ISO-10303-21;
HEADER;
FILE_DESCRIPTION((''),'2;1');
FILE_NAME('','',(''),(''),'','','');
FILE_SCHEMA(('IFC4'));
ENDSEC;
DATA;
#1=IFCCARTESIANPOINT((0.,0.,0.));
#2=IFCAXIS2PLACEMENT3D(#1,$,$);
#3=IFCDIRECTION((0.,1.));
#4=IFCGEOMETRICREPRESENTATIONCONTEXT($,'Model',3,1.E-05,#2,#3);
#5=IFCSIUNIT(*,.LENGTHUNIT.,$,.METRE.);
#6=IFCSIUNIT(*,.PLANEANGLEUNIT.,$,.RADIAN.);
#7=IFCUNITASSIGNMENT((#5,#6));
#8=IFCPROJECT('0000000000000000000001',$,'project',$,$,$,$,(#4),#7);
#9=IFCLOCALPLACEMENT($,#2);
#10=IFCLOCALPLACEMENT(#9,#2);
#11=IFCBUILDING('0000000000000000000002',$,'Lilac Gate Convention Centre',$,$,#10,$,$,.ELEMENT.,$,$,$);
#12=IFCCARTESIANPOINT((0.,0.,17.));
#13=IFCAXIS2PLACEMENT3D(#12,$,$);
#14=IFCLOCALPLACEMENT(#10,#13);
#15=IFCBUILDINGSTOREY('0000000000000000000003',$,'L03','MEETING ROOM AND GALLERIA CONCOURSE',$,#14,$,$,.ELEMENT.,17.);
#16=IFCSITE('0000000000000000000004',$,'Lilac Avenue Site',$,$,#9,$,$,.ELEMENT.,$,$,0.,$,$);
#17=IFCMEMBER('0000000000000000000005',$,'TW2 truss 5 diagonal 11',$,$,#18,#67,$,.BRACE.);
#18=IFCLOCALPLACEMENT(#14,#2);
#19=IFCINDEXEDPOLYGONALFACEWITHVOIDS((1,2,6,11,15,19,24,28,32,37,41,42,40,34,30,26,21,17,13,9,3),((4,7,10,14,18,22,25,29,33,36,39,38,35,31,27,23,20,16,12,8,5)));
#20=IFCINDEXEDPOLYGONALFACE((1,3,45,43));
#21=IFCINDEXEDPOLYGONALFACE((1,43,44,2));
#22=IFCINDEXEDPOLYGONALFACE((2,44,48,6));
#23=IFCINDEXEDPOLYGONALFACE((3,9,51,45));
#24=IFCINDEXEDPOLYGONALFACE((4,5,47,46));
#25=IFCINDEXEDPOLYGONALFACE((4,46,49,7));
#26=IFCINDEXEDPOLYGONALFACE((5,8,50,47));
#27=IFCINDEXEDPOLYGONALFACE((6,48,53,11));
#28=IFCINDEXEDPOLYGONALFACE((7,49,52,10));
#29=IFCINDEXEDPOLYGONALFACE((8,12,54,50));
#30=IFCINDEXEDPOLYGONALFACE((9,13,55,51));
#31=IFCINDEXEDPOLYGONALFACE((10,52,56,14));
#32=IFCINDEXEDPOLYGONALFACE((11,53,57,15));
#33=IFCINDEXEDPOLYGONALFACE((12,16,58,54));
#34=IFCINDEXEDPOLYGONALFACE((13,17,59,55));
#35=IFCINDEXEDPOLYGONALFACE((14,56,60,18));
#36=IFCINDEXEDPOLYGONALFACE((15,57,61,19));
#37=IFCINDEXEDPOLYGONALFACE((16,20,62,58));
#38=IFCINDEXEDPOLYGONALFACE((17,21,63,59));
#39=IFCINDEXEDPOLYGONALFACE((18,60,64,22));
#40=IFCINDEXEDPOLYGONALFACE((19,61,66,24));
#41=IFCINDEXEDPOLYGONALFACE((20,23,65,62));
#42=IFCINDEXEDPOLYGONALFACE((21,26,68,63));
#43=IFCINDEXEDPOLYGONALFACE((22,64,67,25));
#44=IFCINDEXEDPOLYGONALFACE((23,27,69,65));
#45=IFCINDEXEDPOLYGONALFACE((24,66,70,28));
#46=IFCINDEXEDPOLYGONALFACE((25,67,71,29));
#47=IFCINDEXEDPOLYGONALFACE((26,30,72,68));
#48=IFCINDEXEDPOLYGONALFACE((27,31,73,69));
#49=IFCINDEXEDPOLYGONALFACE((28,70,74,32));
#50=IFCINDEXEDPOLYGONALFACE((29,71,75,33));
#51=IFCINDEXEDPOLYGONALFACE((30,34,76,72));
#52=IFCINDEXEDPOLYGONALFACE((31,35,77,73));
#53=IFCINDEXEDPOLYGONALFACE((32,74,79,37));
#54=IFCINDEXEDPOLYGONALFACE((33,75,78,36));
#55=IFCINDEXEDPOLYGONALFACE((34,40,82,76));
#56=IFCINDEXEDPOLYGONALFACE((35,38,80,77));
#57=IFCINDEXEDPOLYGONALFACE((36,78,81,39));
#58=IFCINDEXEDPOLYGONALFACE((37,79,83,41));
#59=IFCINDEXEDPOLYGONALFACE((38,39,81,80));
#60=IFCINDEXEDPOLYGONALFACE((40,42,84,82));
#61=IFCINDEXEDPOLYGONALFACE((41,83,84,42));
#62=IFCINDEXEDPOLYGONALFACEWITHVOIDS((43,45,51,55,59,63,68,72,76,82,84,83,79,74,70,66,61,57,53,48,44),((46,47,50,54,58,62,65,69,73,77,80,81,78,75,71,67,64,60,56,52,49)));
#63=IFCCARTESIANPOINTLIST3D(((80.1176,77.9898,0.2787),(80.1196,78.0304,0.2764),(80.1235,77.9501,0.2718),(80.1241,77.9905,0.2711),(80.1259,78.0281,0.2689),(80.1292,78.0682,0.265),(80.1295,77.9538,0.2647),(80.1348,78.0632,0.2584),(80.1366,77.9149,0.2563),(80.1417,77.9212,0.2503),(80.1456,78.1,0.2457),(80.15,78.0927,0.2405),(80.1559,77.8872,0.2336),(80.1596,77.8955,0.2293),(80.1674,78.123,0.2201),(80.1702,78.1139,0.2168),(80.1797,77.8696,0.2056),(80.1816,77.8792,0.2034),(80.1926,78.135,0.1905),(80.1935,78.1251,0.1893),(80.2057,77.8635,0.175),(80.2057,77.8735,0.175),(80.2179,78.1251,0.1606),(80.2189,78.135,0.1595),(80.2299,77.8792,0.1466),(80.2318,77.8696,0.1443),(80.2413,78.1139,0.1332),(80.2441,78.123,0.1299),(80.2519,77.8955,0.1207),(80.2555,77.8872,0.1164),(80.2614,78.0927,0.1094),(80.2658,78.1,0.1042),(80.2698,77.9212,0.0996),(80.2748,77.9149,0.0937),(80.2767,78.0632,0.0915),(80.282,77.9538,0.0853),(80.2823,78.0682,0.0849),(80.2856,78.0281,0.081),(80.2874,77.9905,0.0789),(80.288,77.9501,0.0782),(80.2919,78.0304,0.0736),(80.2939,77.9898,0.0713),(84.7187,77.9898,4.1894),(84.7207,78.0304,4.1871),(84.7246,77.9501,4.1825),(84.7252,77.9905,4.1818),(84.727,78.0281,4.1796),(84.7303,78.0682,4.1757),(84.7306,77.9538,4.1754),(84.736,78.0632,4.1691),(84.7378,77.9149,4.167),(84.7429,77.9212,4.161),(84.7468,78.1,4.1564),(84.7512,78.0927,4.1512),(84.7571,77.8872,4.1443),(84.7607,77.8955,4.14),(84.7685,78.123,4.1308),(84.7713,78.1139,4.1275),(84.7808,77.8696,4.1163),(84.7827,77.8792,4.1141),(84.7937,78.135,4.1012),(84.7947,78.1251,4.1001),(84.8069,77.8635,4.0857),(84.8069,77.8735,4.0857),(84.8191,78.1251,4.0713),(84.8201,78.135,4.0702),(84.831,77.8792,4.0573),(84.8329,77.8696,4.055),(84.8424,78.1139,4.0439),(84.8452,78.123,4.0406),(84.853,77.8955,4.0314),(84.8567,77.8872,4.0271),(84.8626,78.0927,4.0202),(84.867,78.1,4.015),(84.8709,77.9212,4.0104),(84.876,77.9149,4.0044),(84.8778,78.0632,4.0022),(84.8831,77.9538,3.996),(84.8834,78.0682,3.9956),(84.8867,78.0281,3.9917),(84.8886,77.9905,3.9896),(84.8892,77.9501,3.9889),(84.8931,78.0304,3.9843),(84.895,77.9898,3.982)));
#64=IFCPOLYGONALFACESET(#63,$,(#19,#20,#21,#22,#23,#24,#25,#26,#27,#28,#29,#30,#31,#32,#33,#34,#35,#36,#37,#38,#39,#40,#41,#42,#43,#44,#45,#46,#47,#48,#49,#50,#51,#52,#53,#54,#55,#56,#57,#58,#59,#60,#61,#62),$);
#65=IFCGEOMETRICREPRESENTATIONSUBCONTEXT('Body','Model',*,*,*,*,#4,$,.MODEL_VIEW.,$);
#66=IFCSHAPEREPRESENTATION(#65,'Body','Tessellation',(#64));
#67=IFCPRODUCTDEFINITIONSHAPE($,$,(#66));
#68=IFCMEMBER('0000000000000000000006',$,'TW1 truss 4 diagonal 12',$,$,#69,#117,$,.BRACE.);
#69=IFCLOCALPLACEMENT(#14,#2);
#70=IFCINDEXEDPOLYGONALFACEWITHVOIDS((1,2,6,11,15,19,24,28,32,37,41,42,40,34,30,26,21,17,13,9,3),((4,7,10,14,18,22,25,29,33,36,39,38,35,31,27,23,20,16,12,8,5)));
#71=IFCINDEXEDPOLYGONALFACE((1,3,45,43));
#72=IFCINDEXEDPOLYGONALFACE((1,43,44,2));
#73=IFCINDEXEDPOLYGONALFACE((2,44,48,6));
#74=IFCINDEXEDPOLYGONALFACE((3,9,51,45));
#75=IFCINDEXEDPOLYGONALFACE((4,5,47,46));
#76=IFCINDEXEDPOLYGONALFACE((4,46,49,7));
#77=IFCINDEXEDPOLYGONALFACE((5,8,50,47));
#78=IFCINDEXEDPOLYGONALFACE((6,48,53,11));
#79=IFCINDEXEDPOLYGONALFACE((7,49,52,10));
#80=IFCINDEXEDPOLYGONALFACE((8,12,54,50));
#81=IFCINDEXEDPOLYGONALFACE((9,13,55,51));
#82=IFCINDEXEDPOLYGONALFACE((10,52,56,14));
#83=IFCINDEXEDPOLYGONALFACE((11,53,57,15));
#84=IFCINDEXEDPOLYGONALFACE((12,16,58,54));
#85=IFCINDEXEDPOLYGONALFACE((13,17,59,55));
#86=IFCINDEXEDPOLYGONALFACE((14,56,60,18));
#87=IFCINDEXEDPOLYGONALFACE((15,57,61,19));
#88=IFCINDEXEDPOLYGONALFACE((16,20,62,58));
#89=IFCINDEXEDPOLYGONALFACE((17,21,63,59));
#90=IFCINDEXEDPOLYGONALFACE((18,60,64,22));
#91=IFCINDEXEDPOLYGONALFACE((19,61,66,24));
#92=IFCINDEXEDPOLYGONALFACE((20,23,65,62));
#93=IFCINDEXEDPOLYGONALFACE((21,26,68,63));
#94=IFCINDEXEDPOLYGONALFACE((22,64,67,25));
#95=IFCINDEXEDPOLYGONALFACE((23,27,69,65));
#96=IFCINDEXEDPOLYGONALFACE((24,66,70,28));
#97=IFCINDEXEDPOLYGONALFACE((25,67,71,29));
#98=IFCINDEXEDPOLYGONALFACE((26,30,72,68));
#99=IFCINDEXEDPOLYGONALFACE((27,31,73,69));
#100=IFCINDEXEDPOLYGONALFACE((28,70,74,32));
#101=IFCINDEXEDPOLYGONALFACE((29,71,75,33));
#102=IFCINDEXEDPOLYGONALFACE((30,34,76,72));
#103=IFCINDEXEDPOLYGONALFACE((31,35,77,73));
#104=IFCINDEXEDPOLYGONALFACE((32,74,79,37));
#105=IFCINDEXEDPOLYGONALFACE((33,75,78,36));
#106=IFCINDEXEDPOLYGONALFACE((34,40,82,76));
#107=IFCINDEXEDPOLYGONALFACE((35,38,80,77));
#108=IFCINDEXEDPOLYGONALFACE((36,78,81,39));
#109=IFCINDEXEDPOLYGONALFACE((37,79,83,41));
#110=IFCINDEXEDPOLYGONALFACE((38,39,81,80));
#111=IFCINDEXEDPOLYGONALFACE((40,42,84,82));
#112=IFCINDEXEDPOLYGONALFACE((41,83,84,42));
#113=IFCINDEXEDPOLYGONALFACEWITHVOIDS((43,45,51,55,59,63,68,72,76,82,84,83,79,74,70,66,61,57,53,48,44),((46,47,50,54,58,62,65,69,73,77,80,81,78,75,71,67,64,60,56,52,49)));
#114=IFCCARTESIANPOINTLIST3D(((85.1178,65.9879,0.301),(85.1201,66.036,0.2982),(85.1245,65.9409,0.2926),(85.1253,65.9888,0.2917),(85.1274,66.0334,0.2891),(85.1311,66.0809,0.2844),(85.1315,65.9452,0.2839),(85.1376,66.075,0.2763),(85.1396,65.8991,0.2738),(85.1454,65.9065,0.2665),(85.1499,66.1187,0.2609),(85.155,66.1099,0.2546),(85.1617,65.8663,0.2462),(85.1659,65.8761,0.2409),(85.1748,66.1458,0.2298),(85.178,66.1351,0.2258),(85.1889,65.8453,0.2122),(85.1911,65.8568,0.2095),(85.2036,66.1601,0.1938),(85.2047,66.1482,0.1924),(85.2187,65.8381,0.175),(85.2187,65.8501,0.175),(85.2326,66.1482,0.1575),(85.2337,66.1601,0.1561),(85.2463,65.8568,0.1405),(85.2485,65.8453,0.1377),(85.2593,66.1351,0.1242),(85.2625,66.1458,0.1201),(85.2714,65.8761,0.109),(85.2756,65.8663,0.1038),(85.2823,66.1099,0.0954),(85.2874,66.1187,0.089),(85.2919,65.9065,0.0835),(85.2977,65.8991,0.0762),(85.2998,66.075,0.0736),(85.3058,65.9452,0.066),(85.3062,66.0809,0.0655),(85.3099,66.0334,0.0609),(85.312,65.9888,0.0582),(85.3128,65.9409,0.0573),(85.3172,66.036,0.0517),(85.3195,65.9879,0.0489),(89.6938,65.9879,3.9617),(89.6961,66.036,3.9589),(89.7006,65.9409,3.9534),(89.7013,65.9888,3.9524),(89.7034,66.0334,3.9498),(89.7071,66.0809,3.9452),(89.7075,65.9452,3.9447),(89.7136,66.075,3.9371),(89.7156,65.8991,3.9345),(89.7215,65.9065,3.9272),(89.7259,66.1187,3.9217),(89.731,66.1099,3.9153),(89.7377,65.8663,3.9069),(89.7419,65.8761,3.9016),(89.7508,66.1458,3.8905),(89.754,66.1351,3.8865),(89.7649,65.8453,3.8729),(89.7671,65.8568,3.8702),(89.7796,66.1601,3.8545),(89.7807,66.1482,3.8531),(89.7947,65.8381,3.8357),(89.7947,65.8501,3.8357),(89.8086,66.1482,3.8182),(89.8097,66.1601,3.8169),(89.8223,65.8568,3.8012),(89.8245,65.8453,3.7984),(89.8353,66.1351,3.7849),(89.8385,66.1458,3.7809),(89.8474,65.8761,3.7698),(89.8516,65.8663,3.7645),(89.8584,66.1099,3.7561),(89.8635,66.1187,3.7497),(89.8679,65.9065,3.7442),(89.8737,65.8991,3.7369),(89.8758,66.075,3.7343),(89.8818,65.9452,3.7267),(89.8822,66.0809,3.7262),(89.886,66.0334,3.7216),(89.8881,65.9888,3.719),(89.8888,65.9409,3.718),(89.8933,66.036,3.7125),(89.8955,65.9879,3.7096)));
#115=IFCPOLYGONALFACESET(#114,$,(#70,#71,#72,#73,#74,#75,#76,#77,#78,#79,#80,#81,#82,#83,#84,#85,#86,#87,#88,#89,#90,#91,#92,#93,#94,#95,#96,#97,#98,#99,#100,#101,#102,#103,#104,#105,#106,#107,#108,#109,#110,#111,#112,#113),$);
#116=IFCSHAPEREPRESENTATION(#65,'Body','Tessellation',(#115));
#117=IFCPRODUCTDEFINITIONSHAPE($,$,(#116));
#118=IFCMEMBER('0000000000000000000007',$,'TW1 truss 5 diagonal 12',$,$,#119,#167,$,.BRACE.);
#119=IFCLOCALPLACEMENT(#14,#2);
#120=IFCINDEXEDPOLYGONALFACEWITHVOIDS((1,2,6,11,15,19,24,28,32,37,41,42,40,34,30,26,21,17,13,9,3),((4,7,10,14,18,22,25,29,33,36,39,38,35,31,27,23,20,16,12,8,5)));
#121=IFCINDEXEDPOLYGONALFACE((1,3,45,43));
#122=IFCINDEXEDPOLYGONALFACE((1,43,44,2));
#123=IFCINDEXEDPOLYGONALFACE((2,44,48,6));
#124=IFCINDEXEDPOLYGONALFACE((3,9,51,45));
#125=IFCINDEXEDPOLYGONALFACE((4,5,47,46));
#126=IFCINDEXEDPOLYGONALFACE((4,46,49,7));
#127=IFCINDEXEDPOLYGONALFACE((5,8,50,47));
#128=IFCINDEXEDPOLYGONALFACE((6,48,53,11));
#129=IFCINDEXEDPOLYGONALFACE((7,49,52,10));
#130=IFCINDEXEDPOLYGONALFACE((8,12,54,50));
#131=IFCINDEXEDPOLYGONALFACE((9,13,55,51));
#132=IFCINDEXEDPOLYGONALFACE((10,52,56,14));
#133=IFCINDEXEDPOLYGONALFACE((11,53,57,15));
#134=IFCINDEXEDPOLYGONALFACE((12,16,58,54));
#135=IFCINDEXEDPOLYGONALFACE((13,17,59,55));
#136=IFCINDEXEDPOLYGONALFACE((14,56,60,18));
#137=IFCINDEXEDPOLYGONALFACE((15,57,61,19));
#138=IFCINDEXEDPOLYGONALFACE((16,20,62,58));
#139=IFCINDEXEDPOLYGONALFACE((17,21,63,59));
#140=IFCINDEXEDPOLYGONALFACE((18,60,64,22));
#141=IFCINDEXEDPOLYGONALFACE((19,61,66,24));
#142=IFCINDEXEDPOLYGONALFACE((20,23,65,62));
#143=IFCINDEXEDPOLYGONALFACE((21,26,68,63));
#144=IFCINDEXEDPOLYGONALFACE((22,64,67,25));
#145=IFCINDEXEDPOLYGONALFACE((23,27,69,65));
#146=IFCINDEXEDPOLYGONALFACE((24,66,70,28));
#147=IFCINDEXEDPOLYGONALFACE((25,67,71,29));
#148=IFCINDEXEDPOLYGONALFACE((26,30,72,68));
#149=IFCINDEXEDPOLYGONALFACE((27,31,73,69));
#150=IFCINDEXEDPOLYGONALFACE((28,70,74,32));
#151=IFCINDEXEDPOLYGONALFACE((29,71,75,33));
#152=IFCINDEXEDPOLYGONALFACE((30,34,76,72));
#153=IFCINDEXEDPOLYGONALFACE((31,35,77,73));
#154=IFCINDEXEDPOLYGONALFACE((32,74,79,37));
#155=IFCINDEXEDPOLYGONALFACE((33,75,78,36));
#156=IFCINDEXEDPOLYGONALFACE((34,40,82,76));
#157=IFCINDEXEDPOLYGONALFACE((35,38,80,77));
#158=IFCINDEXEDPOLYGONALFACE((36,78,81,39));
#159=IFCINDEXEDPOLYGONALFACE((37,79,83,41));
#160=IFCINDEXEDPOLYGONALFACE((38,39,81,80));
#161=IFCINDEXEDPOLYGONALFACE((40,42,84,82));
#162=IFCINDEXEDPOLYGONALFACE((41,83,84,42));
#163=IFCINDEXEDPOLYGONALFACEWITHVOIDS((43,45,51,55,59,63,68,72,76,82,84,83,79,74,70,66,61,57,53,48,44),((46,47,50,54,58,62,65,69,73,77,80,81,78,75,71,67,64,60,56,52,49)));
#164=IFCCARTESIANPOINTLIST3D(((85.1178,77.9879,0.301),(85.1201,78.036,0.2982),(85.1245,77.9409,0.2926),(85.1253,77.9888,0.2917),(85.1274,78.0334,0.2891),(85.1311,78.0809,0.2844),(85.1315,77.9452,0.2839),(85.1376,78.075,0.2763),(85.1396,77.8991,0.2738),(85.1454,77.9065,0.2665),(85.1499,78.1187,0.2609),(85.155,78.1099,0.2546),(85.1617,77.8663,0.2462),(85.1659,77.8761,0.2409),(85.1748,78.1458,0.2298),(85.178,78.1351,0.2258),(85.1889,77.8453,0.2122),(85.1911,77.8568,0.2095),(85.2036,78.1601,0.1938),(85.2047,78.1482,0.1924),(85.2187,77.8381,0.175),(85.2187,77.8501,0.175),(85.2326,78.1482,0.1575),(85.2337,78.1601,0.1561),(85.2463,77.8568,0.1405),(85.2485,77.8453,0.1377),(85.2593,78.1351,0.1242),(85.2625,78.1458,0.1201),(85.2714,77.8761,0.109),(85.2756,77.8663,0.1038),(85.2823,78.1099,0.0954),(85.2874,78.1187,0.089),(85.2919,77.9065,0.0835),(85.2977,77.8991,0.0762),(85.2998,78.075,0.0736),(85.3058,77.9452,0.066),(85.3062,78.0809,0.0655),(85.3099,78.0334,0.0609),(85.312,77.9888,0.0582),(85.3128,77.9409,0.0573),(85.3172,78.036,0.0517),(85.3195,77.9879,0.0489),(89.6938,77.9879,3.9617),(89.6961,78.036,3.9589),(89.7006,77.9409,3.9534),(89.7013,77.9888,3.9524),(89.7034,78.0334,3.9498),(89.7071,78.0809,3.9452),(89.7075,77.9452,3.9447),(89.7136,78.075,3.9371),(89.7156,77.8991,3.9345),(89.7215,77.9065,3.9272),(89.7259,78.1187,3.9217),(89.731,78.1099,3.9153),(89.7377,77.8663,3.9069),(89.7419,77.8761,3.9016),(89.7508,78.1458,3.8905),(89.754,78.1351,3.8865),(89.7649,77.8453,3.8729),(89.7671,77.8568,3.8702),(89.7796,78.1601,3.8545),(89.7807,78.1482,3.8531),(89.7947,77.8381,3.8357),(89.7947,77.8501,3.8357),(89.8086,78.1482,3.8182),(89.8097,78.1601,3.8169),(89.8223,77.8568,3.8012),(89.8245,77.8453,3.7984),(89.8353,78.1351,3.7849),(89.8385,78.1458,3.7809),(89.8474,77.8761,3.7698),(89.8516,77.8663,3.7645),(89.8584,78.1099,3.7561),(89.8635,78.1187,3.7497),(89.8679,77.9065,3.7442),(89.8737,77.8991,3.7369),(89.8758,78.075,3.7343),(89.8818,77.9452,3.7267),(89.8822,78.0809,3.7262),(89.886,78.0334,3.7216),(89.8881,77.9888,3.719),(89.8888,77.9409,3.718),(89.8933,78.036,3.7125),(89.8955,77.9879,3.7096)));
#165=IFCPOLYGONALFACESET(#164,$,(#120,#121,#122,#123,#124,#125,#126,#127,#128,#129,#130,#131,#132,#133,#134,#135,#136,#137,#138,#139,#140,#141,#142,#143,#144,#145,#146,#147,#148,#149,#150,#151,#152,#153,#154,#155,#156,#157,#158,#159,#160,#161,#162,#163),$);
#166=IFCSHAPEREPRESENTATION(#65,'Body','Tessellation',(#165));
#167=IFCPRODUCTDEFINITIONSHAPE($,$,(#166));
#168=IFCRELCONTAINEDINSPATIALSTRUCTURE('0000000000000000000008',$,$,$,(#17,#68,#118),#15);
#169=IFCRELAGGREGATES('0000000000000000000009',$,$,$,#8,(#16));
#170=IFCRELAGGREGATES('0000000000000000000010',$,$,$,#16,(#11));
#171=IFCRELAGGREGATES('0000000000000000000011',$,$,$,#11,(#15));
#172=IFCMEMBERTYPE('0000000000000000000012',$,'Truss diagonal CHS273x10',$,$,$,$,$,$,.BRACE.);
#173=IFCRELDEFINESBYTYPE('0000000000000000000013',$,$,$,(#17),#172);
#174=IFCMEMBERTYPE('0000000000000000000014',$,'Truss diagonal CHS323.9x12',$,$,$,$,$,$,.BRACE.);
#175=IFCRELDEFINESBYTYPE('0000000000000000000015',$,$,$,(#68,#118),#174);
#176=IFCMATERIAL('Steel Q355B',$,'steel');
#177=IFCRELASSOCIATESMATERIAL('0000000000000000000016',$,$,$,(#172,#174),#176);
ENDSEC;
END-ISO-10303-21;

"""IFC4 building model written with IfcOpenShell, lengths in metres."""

from ifc_helpers import new_model, si_unit, direction, frame, origin, origin_2d, place, context, subcontext, project, spatial, hollow_circle, extrude, material, material_profile, profile_set, type_object, element, save


model = new_model("IFC4")

# Units and contexts
model_context = context("Model", 3, precision=1e-05, world=origin(), true_north=direction((0.0, 1.0)))
body_context = subcontext(model_context, "Body", "Model", "MODEL_VIEW")
ifc_project = project(units=[si_unit("LENGTHUNIT", "METRE"), si_unit("PLANEANGLEUNIT", "RADIAN")], contexts=[model_context])

# Site, building, storey
site_placement = place(None, origin())
site = spatial("IfcSite", under=ifc_project, at=site_placement, Name="Lilac Avenue Site", CompositionType="ELEMENT", RefElevation=0.0)
building_placement = place(site_placement, origin())
building = spatial("IfcBuilding", under=site, at=building_placement, Name="Lilac Gate Convention Centre", CompositionType="ELEMENT")
storey_placement = place(building_placement, frame((0.0, 0.0, 17.0)))
storey = spatial("IfcBuildingStorey", under=building, at=storey_placement, Name="L03", Description="MEETING ROOM AND GALLERIA CONCOURSE", CompositionType="ELEMENT", Elevation=17.0)

# Members
ifc_material = material(Name="Steel Q355B", Category="steel")
ifc_material_profile_1 = material_profile(ifc_material, hollow_circle(Radius=0.1365, WallThickness=0.01, at=origin_2d()), Name="CHS273x10")
ifc_profile_set_1 = profile_set([ifc_material_profile_1], Name="Steel Q355B")
member_type_1 = type_object("IfcMemberType", Name="Truss diagonal CHS273x10", PredefinedType="BRACE", material=ifc_profile_set_1)
for number, where, z_axis, x_axis, name in (
    (1, (84.8069, 78.0, 4.0857), (-0.761961, 0.0, -0.647623), (0.0, -1.0, 0.0), "TW2 truss 5 diagonal 11"),
):
    element("IfcMember", number, at=place(storey_placement, frame(where, z_axis=z_axis, x_axis=x_axis)), inside=storey, type_object=member_type_1, Name=name, PredefinedType="BRACE", context=body_context, shape_type="SweptSolid", body=[
        extrude(hollow_circle(Radius=0.1365, WallThickness=0.01, at=origin_2d()), origin(), (0.0, 0.0, 1.0), 6.0386),
    ])
ifc_material_profile_2 = material_profile(ifc_material, hollow_circle(Radius=0.1619, WallThickness=0.012, at=origin_2d()), Name="CHS323.9x12")
ifc_profile_set_2 = profile_set([ifc_material_profile_2], Name="Steel Q355B")
member_type_2 = type_object("IfcMemberType", Name="Truss diagonal CHS323.9x12", PredefinedType="BRACE", material=ifc_profile_set_2)
for number, where, z_axis, x_axis, name in (
    (2, (89.7947, 66.0, 3.8357), (-0.780877, 0.0, -0.624685), (0.0, -1.0, 0.0), "TW1 truss 4 diagonal 12"),
    (3, (89.7947, 78.0, 3.8357), (-0.780877, 0.0, -0.624685), (0.0, -1.0, 0.0), "TW1 truss 5 diagonal 12"),
):
    element("IfcMember", number, at=place(storey_placement, frame(where, z_axis=z_axis, x_axis=x_axis)), inside=storey, type_object=member_type_2, Name=name, PredefinedType="BRACE", context=body_context, shape_type="SweptSolid", body=[
        extrude(hollow_circle(Radius=0.1619, WallThickness=0.012, at=origin_2d()), origin(), (0.0, 0.0, 1.0), 5.8601),
    ])

save(model, "model.ifc")
